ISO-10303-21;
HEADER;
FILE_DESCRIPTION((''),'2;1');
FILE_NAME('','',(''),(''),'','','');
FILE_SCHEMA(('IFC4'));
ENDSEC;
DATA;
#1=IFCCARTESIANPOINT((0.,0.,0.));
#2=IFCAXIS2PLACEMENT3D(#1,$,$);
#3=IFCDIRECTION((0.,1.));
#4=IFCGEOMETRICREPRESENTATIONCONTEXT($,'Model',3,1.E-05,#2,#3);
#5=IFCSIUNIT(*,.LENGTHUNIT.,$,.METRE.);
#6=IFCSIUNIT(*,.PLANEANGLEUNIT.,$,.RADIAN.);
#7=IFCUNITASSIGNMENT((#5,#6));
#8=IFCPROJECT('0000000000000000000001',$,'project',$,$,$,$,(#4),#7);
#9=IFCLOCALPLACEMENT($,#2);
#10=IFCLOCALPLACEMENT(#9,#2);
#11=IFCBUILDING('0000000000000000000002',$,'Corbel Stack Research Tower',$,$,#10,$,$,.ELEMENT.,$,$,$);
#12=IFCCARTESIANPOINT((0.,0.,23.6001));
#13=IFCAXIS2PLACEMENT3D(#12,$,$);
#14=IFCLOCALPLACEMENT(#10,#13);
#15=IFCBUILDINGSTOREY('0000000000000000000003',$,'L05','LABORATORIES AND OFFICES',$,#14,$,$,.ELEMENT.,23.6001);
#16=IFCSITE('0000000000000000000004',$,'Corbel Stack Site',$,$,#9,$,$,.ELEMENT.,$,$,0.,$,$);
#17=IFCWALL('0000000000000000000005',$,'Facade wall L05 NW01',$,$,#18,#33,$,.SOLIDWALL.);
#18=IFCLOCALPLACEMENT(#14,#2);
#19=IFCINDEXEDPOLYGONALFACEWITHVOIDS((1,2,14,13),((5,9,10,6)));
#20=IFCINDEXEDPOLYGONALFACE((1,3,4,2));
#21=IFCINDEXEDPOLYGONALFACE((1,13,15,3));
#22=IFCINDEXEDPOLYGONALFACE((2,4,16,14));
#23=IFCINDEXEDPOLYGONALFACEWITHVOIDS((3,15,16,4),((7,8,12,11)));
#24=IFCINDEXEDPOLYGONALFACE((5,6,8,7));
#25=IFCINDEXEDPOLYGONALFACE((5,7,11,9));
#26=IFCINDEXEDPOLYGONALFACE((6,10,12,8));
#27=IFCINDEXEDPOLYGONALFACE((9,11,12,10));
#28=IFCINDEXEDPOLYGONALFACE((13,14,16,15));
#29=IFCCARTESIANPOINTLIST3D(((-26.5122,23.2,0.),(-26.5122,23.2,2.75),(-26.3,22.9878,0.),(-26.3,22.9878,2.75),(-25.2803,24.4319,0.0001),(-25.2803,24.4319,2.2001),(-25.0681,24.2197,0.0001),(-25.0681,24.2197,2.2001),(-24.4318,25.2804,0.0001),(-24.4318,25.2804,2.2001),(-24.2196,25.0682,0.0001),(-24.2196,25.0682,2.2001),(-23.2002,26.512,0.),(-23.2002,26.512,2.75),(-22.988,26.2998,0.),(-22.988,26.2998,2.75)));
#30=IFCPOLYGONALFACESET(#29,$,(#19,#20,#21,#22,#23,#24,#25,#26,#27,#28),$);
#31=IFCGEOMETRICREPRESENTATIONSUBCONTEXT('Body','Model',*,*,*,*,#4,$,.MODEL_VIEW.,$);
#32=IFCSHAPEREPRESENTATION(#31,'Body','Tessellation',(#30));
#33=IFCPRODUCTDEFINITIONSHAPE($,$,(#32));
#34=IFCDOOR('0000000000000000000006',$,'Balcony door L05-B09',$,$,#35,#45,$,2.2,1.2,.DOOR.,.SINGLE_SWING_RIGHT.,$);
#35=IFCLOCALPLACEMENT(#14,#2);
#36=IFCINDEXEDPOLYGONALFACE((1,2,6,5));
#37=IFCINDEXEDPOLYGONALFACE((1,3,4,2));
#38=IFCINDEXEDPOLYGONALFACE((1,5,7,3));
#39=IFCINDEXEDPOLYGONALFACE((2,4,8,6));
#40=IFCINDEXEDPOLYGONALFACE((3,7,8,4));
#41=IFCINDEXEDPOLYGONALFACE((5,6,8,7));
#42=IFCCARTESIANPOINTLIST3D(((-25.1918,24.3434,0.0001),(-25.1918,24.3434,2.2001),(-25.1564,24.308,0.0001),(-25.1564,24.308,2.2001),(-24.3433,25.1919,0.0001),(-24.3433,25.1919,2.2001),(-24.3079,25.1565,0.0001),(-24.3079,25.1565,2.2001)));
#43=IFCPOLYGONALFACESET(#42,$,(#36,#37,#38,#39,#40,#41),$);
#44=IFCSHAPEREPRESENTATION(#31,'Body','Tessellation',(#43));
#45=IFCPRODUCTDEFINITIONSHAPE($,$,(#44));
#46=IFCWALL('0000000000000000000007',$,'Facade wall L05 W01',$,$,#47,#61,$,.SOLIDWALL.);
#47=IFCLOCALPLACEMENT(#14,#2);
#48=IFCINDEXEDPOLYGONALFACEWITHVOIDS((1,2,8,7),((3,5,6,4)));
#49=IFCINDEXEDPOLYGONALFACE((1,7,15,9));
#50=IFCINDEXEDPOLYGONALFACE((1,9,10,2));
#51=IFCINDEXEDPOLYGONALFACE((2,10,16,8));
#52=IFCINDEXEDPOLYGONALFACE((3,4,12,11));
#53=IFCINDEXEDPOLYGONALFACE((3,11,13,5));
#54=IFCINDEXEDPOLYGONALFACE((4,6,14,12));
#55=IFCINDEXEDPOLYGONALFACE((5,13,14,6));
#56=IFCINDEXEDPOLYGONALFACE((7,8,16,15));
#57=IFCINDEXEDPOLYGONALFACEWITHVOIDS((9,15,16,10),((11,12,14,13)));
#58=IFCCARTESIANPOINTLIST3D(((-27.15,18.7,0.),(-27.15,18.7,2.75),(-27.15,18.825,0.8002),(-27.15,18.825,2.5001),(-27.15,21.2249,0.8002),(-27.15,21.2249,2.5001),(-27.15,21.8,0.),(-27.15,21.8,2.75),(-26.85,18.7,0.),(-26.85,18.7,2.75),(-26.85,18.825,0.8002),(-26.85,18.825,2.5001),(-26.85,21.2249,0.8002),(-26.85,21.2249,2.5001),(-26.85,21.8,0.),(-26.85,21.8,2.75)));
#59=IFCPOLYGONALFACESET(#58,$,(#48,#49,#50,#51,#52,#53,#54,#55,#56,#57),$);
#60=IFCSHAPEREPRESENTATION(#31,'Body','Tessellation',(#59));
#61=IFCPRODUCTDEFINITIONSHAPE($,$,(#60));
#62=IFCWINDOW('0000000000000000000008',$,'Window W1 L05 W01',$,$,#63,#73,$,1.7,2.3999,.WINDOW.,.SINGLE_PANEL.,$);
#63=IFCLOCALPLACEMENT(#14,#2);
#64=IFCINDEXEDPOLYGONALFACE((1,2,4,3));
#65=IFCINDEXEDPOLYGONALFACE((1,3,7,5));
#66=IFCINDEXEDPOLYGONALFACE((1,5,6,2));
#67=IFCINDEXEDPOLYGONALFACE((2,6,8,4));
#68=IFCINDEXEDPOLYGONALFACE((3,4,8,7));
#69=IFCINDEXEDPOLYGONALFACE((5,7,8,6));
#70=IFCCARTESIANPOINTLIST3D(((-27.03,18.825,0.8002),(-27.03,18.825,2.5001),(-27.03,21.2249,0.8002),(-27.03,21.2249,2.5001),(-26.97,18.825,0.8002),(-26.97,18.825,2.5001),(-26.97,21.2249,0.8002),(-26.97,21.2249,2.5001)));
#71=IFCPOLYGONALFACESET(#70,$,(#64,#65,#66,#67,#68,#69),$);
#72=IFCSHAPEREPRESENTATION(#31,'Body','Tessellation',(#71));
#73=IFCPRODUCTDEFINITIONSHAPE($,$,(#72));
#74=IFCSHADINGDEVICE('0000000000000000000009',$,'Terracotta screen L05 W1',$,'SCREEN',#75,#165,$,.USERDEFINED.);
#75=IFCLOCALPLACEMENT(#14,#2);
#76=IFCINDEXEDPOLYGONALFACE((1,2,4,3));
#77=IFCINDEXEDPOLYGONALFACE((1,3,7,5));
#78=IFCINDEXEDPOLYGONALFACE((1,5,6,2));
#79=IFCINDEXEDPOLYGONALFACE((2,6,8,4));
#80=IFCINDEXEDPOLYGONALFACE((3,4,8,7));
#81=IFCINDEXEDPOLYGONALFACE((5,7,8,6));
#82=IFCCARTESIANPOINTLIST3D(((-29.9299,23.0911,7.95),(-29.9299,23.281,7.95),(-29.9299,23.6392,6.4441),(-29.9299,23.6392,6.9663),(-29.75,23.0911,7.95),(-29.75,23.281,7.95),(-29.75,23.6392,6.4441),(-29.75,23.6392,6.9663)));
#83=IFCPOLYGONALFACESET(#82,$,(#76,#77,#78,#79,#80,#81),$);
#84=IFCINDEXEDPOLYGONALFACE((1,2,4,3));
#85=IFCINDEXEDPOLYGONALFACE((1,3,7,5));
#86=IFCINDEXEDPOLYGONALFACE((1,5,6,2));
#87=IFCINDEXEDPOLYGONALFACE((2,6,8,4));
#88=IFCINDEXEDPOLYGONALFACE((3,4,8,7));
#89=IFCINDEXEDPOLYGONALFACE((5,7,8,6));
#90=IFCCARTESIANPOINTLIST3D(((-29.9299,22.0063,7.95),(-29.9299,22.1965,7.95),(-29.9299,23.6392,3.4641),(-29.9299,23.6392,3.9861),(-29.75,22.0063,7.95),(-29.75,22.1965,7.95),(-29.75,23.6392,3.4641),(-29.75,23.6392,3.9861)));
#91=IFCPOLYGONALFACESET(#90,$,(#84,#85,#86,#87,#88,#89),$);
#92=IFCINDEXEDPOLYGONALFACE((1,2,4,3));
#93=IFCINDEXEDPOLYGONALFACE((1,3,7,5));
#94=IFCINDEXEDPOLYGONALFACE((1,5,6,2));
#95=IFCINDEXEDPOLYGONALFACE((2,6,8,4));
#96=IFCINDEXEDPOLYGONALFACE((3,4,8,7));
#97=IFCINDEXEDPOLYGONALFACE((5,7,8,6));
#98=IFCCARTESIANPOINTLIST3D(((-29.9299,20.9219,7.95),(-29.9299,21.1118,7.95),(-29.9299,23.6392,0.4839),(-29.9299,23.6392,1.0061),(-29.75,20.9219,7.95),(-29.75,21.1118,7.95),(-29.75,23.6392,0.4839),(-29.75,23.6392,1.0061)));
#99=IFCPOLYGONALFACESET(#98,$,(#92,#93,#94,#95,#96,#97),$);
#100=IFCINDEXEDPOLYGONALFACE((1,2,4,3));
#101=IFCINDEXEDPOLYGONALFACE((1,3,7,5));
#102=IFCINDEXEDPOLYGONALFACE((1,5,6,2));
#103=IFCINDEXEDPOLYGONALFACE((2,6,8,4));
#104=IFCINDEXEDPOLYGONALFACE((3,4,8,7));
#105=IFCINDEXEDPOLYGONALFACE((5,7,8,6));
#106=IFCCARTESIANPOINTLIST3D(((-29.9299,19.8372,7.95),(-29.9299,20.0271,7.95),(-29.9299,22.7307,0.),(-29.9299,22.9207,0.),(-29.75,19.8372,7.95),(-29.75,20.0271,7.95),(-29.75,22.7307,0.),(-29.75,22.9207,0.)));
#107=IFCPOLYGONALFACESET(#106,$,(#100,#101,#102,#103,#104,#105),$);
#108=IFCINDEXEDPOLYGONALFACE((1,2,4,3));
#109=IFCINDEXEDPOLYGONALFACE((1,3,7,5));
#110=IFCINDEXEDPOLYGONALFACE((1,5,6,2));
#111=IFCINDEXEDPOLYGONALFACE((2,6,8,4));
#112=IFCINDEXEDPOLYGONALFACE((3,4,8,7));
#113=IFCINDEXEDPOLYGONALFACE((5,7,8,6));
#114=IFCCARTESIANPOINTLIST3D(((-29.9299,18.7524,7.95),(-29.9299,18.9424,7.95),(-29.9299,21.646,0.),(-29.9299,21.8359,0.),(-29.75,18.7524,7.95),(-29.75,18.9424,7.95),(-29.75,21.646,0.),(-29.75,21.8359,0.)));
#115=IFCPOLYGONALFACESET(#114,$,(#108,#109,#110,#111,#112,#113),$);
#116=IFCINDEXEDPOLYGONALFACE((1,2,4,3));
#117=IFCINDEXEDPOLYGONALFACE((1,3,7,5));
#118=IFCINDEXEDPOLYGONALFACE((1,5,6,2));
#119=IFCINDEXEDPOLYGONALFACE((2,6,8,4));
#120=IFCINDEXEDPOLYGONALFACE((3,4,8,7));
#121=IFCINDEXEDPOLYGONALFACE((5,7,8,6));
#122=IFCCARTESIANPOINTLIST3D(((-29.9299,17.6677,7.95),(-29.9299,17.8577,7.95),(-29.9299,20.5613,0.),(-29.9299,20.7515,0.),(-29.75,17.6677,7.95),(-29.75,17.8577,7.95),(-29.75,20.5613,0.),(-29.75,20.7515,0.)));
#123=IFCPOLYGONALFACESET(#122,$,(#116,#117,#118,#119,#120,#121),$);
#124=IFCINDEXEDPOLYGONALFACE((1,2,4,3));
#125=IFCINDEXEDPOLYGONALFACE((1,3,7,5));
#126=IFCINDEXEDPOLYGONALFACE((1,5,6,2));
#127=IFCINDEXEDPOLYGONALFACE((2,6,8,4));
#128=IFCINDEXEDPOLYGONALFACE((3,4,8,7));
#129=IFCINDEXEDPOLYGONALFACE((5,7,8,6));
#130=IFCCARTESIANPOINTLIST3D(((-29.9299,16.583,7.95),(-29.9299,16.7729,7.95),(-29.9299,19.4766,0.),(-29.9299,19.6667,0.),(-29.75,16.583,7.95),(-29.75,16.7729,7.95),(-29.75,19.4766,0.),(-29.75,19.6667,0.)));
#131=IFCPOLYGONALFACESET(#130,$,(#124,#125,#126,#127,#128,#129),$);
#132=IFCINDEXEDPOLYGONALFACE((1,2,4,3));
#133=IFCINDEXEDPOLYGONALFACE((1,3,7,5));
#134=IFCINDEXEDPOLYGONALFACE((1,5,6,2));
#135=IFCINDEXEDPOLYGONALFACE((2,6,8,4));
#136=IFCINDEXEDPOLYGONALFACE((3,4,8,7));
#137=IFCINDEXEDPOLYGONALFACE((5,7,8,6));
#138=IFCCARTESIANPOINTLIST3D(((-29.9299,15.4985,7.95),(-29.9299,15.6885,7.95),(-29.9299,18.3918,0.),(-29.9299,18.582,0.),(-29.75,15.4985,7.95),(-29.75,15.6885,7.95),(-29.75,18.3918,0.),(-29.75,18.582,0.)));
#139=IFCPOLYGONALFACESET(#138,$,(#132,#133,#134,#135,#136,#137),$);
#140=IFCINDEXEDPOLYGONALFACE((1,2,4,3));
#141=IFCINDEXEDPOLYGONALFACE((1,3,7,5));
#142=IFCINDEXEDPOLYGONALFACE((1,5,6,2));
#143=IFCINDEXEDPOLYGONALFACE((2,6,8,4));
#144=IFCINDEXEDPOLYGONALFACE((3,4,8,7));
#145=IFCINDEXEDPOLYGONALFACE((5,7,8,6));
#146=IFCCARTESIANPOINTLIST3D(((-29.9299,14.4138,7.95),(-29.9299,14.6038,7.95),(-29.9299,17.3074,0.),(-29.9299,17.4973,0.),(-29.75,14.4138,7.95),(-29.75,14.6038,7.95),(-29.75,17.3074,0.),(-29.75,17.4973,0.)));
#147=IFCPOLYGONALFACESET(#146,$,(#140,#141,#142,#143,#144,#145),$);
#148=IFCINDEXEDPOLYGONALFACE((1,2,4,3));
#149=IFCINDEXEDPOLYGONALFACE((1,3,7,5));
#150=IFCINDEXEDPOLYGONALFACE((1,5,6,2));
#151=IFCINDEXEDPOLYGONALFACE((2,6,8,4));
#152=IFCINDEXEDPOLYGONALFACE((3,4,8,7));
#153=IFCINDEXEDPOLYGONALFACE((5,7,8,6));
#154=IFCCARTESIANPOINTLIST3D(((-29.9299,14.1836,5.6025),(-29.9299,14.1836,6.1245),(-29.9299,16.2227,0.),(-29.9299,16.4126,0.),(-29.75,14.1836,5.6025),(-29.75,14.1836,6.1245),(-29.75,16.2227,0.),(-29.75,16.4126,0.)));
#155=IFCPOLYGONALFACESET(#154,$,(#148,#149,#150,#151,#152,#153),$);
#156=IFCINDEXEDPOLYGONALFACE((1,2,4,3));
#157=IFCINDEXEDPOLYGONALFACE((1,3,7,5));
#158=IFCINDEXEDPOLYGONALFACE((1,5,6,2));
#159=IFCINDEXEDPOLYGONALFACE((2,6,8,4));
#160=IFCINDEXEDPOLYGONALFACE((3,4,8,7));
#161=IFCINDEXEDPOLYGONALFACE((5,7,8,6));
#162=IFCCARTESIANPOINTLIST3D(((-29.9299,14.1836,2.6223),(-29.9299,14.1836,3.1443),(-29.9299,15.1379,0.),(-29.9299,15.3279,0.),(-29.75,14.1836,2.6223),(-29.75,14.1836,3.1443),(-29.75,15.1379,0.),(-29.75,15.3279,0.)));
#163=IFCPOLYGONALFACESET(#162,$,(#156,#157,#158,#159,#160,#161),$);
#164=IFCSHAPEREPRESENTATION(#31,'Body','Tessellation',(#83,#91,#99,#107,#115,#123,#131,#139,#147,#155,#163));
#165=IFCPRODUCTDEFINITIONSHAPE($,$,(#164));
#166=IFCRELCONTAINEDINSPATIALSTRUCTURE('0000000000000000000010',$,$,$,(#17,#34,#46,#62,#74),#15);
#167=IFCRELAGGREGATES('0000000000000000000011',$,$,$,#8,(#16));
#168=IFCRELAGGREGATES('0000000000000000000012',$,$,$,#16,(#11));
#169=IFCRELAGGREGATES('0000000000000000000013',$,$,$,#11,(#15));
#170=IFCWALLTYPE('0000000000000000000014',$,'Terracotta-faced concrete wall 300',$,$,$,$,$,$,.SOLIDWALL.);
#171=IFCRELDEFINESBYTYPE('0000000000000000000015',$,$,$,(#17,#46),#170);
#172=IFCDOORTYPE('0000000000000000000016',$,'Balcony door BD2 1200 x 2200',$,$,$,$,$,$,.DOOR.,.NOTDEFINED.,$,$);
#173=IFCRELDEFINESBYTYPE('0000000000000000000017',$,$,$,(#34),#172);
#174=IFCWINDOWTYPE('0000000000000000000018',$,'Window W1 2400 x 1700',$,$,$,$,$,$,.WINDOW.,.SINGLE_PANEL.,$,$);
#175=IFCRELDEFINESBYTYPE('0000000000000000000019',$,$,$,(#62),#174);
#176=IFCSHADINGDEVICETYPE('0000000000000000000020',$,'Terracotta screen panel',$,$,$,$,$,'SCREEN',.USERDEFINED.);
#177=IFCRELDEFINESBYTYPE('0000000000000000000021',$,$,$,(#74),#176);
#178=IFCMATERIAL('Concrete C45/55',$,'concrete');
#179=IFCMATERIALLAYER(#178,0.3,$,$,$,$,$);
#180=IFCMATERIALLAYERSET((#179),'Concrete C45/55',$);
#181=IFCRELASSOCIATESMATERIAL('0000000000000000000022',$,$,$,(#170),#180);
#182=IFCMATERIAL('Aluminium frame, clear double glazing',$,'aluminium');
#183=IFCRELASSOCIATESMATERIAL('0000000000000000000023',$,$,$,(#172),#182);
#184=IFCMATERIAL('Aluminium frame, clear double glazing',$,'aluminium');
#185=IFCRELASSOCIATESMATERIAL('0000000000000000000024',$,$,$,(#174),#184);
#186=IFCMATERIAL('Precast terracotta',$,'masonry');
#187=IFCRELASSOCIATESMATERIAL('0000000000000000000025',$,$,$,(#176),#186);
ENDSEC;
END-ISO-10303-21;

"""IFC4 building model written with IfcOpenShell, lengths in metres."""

from ifc_helpers import new_model, si_unit, direction, frame, frame_2d, origin, place, context, subcontext, project, spatial, polyline, rectangle, outline, extrude, source, transform, mapped, material, layer, layer_set, type_object, element, fill, save


model = new_model("IFC4")

# Units and contexts
model_context = context("Model", 3, precision=1e-05, world=origin(), true_north=direction((0.0, 1.0)))
body_context = subcontext(model_context, "Body", "Model", "MODEL_VIEW")
ifc_project = project(units=[si_unit("LENGTHUNIT", "METRE"), si_unit("PLANEANGLEUNIT", "RADIAN")], contexts=[model_context])

# Site, building, storey
site_placement = place(None, origin())
site = spatial("IfcSite", under=ifc_project, at=site_placement, Name="Corbel Stack Site", CompositionType="ELEMENT", RefElevation=0.0)
building_placement = place(site_placement, origin())
building = spatial("IfcBuilding", under=site, at=building_placement, Name="Corbel Stack Research Tower", CompositionType="ELEMENT")
storey_placement = place(building_placement, frame((0.0, 0.0, 23.6001)))
storey = spatial("IfcBuildingStorey", under=building, at=storey_placement, Name="L05", Description="LABORATORIES AND OFFICES", CompositionType="ELEMENT", Elevation=23.6001)

# Wall, opening, door
ifc_material_1 = material(Name="Concrete C45/55", Category="concrete")
ifc_layer_1 = layer(ifc_material_1, 0.3)
ifc_layer_set_1 = layer_set([ifc_layer_1], Name="Concrete C45/55")
wall_type_1 = type_object("IfcWallType", Name="Terracotta-faced concrete wall 300", PredefinedType="SOLIDWALL", material=ifc_layer_set_1)
wall_1_placement = place(storey_placement, frame((-26.406, 23.094, 0.0), z_axis=(0.0, 0.0, 1.0), x_axis=(0.707107, 0.707107, 0.0)))
wall_1 = element("IfcWall", 1, at=wall_1_placement, inside=storey, type_object=wall_type_1, Name="Facade wall L05 NW01", PredefinedType="SOLIDWALL", context=body_context, shape_type="SweptSolid", body=[
    extrude(rectangle(XDim=4.6838, YDim=0.3, at=frame_2d((2.3418, 0.0))), origin(), (0.0, 0.0, 1.0), 2.75),
])
opening_1_placement = place(wall_1_placement, frame((1.7419, 0.0, 0.0)))
opening_1 = element("IfcOpeningElement", 2, at=opening_1_placement, cuts=wall_1, PredefinedType="OPENING", context=body_context, shape_type="SweptSolid", body=[
    extrude(rectangle(XDim=1.2, YDim=2.2, at=frame_2d((0.6001, 1.1001))), frame((0.0, 0.1599, 0.0), z_axis=(0.0, -1.0, 0.0), x_axis=(1.0, 0.0, 0.0)), (0.0, 0.0, 1.0), 0.3201),
])
ifc_material_2 = material(Name="Aluminium frame, clear double glazing", Category="aluminium")
door_type_1 = type_object("IfcDoorType", Name="Balcony door BD2 1200 x 2200", OperationType="NOTDEFINED", PredefinedType="DOOR", material=ifc_material_2)
door_1_placement = place(opening_1_placement, origin())
door_1 = element("IfcDoor", 3, at=door_1_placement, inside=storey, type_object=door_type_1, Name="Balcony door L05-B09", OperationType="SINGLE_SWING_RIGHT", OverallHeight=2.2, OverallWidth=1.2, PredefinedType="DOOR", context=body_context, shape_type="SweptSolid", body=[
    extrude(rectangle(XDim=1.2, YDim=2.2, at=frame_2d((0.6001, 1.1001))), frame((0.0, 0.0249, 0.0), z_axis=(0.0, -1.0, 0.0), x_axis=(1.0, 0.0, 0.0)), (0.0, 0.0, 1.0), 0.05),
])
fill(opening_1, door_1)

# Wall, opening, window
wall_2_placement = place(storey_placement, frame((-27.0, 18.7, 0.0), z_axis=(0.0, 0.0, 1.0), x_axis=(0.0, 1.0, 0.0)))
wall_2 = element("IfcWall", 4, at=wall_2_placement, inside=storey, type_object=wall_type_1, Name="Facade wall L05 W01", PredefinedType="SOLIDWALL", context=body_context, shape_type="SweptSolid", body=[
    extrude(rectangle(XDim=3.1001, YDim=0.3, at=frame_2d((1.55, 0.0))), origin(), (0.0, 0.0, 1.0), 2.75),
])
opening_2_placement = place(wall_2_placement, frame((0.125, 0.0, 0.8)))
opening_2 = element("IfcOpeningElement", 5, at=opening_2_placement, cuts=wall_2, PredefinedType="OPENING", context=body_context, shape_type="SweptSolid", body=[
    extrude(rectangle(XDim=2.3999, YDim=1.7, at=frame_2d((1.2, 0.8501))), frame((0.0, 0.1599, 0.0), z_axis=(0.0, -1.0, 0.0), x_axis=(1.0, 0.0, 0.0)), (0.0, 0.0, 1.0), 0.3201),
])
ifc_material_3 = material(Name="Aluminium frame, clear double glazing", Category="aluminium")
window_type = type_object("IfcWindowType", Name="Window W1 2400 x 1700", PartitioningType="SINGLE_PANEL", PredefinedType="WINDOW", material=ifc_material_3)
window_placement = place(opening_2_placement, origin())
window = element("IfcWindow", 6, at=window_placement, inside=storey, type_object=window_type, Name="Window W1 L05 W01", OverallHeight=1.7, OverallWidth=2.3999, PartitioningType="SINGLE_PANEL", PredefinedType="WINDOW", context=body_context, shape_type="SweptSolid", body=[
    extrude(rectangle(XDim=2.3999, YDim=1.7, at=frame_2d((1.2, 0.8501))), frame((0.0, 0.03, 0.0), z_axis=(0.0, -1.0, 0.0), x_axis=(1.0, 0.0, 0.0)), (0.0, 0.0, 1.0), 0.0601),
])
fill(opening_2, window)

# Shading device
ifc_material_4 = material(Name="Precast terracotta", Category="masonry")
shading_device_type = type_object("IfcShadingDeviceType", Name="Terracotta screen panel", ElementType="SCREEN", PredefinedType="USERDEFINED", material=ifc_material_4)
shared_shape_1 = source(origin(), body_context, "Body", "SweptSolid", [
    extrude(outline(polyline([(0.5481, 7.95), (0.3582, 7.95), (0.0, 6.9663), (0.0, 6.4441), (0.5481, 7.95)])), frame((0.0, 0.0, 0.0), z_axis=(0.0, -1.0, 0.0), x_axis=(1.0, 0.0, 0.0)), (0.0, 0.0, 1.0), 0.1799),
    extrude(outline(polyline([(1.6328, 7.95), (1.4426, 7.95), (0.0, 3.9861), (0.0, 3.4641), (1.6328, 7.95)])), frame((0.0, 0.0, 0.0), z_axis=(0.0, -1.0, 0.0), x_axis=(1.0, 0.0, 0.0)), (0.0, 0.0, 1.0), 0.1799),
    extrude(outline(polyline([(2.7173, 7.95), (2.5273, 7.95), (0.0, 1.0061), (0.0, 0.4839), (2.7173, 7.95)])), frame((0.0, 0.0, 0.0), z_axis=(0.0, -1.0, 0.0), x_axis=(1.0, 0.0, 0.0)), (0.0, 0.0, 1.0), 0.1799),
    extrude(outline(polyline([(0.9084, 0.0), (3.802, 7.95), (3.6121, 7.95), (0.7185, 0.0), (0.9084, 0.0)])), frame((0.0, 0.0, 0.0), z_axis=(0.0, -1.0, 0.0), x_axis=(1.0, 0.0, 0.0)), (0.0, 0.0, 1.0), 0.1799),
    extrude(outline(polyline([(1.9932, 0.0), (4.8867, 7.95), (4.6968, 7.95), (1.8032, 0.0), (1.9932, 0.0)])), frame((0.0, 0.0, 0.0), z_axis=(0.0, -1.0, 0.0), x_axis=(1.0, 0.0, 0.0)), (0.0, 0.0, 1.0), 0.1799),
    extrude(outline(polyline([(3.0779, 0.0), (5.9714, 7.95), (5.7815, 7.95), (2.8877, 0.0), (3.0779, 0.0)])), frame((0.0, 0.0, 0.0), z_axis=(0.0, -1.0, 0.0), x_axis=(1.0, 0.0, 0.0)), (0.0, 0.0, 1.0), 0.1799),
    extrude(outline(polyline([(4.1626, 0.0), (7.0562, 7.95), (6.8662, 7.95), (3.9724, 0.0), (4.1626, 0.0)])), frame((0.0, 0.0, 0.0), z_axis=(0.0, -1.0, 0.0), x_axis=(1.0, 0.0, 0.0)), (0.0, 0.0, 1.0), 0.1799),
    extrude(outline(polyline([(5.2473, 0.0), (8.1406, 7.95), (7.9507, 7.95), (5.0571, 0.0), (5.2473, 0.0)])), frame((0.0, 0.0, 0.0), z_axis=(0.0, -1.0, 0.0), x_axis=(1.0, 0.0, 0.0)), (0.0, 0.0, 1.0), 0.1799),
    extrude(outline(polyline([(6.3318, 0.0), (9.2253, 7.95), (9.0354, 7.95), (6.1418, 0.0), (6.3318, 0.0)])), frame((0.0, 0.0, 0.0), z_axis=(0.0, -1.0, 0.0), x_axis=(1.0, 0.0, 0.0)), (0.0, 0.0, 1.0), 0.1799),
    extrude(outline(polyline([(7.4165, 0.0), (9.4556, 5.6025), (9.4556, 6.1245), (7.2266, 0.0), (7.4165, 0.0)])), frame((0.0, 0.0, 0.0), z_axis=(0.0, -1.0, 0.0), x_axis=(1.0, 0.0, 0.0)), (0.0, 0.0, 1.0), 0.1799),
    extrude(outline(polyline([(8.5012, 0.0), (9.4556, 2.6223), (9.4556, 3.1443), (8.3113, 0.0), (8.5012, 0.0)])), frame((0.0, 0.0, 0.0), z_axis=(0.0, -1.0, 0.0), x_axis=(1.0, 0.0, 0.0)), (0.0, 0.0, 1.0), 0.1799),
])
shading_device_1_placement = place(storey_placement, frame((-29.75, 23.6392, 0.0), z_axis=(0.0, 0.0, 1.0), x_axis=(0.0, -1.0, 0.0)))
element("IfcShadingDevice", 7, at=shading_device_1_placement, inside=storey, type_object=shading_device_type, Name="Terracotta screen L05 W1", ObjectType="SCREEN", PredefinedType="USERDEFINED", context=body_context, shape_type="MappedRepresentation", body=[
    mapped(shared_shape_1, transform((0.0, 0.0, 0.0))),
])

save(model, "model.ifc")
